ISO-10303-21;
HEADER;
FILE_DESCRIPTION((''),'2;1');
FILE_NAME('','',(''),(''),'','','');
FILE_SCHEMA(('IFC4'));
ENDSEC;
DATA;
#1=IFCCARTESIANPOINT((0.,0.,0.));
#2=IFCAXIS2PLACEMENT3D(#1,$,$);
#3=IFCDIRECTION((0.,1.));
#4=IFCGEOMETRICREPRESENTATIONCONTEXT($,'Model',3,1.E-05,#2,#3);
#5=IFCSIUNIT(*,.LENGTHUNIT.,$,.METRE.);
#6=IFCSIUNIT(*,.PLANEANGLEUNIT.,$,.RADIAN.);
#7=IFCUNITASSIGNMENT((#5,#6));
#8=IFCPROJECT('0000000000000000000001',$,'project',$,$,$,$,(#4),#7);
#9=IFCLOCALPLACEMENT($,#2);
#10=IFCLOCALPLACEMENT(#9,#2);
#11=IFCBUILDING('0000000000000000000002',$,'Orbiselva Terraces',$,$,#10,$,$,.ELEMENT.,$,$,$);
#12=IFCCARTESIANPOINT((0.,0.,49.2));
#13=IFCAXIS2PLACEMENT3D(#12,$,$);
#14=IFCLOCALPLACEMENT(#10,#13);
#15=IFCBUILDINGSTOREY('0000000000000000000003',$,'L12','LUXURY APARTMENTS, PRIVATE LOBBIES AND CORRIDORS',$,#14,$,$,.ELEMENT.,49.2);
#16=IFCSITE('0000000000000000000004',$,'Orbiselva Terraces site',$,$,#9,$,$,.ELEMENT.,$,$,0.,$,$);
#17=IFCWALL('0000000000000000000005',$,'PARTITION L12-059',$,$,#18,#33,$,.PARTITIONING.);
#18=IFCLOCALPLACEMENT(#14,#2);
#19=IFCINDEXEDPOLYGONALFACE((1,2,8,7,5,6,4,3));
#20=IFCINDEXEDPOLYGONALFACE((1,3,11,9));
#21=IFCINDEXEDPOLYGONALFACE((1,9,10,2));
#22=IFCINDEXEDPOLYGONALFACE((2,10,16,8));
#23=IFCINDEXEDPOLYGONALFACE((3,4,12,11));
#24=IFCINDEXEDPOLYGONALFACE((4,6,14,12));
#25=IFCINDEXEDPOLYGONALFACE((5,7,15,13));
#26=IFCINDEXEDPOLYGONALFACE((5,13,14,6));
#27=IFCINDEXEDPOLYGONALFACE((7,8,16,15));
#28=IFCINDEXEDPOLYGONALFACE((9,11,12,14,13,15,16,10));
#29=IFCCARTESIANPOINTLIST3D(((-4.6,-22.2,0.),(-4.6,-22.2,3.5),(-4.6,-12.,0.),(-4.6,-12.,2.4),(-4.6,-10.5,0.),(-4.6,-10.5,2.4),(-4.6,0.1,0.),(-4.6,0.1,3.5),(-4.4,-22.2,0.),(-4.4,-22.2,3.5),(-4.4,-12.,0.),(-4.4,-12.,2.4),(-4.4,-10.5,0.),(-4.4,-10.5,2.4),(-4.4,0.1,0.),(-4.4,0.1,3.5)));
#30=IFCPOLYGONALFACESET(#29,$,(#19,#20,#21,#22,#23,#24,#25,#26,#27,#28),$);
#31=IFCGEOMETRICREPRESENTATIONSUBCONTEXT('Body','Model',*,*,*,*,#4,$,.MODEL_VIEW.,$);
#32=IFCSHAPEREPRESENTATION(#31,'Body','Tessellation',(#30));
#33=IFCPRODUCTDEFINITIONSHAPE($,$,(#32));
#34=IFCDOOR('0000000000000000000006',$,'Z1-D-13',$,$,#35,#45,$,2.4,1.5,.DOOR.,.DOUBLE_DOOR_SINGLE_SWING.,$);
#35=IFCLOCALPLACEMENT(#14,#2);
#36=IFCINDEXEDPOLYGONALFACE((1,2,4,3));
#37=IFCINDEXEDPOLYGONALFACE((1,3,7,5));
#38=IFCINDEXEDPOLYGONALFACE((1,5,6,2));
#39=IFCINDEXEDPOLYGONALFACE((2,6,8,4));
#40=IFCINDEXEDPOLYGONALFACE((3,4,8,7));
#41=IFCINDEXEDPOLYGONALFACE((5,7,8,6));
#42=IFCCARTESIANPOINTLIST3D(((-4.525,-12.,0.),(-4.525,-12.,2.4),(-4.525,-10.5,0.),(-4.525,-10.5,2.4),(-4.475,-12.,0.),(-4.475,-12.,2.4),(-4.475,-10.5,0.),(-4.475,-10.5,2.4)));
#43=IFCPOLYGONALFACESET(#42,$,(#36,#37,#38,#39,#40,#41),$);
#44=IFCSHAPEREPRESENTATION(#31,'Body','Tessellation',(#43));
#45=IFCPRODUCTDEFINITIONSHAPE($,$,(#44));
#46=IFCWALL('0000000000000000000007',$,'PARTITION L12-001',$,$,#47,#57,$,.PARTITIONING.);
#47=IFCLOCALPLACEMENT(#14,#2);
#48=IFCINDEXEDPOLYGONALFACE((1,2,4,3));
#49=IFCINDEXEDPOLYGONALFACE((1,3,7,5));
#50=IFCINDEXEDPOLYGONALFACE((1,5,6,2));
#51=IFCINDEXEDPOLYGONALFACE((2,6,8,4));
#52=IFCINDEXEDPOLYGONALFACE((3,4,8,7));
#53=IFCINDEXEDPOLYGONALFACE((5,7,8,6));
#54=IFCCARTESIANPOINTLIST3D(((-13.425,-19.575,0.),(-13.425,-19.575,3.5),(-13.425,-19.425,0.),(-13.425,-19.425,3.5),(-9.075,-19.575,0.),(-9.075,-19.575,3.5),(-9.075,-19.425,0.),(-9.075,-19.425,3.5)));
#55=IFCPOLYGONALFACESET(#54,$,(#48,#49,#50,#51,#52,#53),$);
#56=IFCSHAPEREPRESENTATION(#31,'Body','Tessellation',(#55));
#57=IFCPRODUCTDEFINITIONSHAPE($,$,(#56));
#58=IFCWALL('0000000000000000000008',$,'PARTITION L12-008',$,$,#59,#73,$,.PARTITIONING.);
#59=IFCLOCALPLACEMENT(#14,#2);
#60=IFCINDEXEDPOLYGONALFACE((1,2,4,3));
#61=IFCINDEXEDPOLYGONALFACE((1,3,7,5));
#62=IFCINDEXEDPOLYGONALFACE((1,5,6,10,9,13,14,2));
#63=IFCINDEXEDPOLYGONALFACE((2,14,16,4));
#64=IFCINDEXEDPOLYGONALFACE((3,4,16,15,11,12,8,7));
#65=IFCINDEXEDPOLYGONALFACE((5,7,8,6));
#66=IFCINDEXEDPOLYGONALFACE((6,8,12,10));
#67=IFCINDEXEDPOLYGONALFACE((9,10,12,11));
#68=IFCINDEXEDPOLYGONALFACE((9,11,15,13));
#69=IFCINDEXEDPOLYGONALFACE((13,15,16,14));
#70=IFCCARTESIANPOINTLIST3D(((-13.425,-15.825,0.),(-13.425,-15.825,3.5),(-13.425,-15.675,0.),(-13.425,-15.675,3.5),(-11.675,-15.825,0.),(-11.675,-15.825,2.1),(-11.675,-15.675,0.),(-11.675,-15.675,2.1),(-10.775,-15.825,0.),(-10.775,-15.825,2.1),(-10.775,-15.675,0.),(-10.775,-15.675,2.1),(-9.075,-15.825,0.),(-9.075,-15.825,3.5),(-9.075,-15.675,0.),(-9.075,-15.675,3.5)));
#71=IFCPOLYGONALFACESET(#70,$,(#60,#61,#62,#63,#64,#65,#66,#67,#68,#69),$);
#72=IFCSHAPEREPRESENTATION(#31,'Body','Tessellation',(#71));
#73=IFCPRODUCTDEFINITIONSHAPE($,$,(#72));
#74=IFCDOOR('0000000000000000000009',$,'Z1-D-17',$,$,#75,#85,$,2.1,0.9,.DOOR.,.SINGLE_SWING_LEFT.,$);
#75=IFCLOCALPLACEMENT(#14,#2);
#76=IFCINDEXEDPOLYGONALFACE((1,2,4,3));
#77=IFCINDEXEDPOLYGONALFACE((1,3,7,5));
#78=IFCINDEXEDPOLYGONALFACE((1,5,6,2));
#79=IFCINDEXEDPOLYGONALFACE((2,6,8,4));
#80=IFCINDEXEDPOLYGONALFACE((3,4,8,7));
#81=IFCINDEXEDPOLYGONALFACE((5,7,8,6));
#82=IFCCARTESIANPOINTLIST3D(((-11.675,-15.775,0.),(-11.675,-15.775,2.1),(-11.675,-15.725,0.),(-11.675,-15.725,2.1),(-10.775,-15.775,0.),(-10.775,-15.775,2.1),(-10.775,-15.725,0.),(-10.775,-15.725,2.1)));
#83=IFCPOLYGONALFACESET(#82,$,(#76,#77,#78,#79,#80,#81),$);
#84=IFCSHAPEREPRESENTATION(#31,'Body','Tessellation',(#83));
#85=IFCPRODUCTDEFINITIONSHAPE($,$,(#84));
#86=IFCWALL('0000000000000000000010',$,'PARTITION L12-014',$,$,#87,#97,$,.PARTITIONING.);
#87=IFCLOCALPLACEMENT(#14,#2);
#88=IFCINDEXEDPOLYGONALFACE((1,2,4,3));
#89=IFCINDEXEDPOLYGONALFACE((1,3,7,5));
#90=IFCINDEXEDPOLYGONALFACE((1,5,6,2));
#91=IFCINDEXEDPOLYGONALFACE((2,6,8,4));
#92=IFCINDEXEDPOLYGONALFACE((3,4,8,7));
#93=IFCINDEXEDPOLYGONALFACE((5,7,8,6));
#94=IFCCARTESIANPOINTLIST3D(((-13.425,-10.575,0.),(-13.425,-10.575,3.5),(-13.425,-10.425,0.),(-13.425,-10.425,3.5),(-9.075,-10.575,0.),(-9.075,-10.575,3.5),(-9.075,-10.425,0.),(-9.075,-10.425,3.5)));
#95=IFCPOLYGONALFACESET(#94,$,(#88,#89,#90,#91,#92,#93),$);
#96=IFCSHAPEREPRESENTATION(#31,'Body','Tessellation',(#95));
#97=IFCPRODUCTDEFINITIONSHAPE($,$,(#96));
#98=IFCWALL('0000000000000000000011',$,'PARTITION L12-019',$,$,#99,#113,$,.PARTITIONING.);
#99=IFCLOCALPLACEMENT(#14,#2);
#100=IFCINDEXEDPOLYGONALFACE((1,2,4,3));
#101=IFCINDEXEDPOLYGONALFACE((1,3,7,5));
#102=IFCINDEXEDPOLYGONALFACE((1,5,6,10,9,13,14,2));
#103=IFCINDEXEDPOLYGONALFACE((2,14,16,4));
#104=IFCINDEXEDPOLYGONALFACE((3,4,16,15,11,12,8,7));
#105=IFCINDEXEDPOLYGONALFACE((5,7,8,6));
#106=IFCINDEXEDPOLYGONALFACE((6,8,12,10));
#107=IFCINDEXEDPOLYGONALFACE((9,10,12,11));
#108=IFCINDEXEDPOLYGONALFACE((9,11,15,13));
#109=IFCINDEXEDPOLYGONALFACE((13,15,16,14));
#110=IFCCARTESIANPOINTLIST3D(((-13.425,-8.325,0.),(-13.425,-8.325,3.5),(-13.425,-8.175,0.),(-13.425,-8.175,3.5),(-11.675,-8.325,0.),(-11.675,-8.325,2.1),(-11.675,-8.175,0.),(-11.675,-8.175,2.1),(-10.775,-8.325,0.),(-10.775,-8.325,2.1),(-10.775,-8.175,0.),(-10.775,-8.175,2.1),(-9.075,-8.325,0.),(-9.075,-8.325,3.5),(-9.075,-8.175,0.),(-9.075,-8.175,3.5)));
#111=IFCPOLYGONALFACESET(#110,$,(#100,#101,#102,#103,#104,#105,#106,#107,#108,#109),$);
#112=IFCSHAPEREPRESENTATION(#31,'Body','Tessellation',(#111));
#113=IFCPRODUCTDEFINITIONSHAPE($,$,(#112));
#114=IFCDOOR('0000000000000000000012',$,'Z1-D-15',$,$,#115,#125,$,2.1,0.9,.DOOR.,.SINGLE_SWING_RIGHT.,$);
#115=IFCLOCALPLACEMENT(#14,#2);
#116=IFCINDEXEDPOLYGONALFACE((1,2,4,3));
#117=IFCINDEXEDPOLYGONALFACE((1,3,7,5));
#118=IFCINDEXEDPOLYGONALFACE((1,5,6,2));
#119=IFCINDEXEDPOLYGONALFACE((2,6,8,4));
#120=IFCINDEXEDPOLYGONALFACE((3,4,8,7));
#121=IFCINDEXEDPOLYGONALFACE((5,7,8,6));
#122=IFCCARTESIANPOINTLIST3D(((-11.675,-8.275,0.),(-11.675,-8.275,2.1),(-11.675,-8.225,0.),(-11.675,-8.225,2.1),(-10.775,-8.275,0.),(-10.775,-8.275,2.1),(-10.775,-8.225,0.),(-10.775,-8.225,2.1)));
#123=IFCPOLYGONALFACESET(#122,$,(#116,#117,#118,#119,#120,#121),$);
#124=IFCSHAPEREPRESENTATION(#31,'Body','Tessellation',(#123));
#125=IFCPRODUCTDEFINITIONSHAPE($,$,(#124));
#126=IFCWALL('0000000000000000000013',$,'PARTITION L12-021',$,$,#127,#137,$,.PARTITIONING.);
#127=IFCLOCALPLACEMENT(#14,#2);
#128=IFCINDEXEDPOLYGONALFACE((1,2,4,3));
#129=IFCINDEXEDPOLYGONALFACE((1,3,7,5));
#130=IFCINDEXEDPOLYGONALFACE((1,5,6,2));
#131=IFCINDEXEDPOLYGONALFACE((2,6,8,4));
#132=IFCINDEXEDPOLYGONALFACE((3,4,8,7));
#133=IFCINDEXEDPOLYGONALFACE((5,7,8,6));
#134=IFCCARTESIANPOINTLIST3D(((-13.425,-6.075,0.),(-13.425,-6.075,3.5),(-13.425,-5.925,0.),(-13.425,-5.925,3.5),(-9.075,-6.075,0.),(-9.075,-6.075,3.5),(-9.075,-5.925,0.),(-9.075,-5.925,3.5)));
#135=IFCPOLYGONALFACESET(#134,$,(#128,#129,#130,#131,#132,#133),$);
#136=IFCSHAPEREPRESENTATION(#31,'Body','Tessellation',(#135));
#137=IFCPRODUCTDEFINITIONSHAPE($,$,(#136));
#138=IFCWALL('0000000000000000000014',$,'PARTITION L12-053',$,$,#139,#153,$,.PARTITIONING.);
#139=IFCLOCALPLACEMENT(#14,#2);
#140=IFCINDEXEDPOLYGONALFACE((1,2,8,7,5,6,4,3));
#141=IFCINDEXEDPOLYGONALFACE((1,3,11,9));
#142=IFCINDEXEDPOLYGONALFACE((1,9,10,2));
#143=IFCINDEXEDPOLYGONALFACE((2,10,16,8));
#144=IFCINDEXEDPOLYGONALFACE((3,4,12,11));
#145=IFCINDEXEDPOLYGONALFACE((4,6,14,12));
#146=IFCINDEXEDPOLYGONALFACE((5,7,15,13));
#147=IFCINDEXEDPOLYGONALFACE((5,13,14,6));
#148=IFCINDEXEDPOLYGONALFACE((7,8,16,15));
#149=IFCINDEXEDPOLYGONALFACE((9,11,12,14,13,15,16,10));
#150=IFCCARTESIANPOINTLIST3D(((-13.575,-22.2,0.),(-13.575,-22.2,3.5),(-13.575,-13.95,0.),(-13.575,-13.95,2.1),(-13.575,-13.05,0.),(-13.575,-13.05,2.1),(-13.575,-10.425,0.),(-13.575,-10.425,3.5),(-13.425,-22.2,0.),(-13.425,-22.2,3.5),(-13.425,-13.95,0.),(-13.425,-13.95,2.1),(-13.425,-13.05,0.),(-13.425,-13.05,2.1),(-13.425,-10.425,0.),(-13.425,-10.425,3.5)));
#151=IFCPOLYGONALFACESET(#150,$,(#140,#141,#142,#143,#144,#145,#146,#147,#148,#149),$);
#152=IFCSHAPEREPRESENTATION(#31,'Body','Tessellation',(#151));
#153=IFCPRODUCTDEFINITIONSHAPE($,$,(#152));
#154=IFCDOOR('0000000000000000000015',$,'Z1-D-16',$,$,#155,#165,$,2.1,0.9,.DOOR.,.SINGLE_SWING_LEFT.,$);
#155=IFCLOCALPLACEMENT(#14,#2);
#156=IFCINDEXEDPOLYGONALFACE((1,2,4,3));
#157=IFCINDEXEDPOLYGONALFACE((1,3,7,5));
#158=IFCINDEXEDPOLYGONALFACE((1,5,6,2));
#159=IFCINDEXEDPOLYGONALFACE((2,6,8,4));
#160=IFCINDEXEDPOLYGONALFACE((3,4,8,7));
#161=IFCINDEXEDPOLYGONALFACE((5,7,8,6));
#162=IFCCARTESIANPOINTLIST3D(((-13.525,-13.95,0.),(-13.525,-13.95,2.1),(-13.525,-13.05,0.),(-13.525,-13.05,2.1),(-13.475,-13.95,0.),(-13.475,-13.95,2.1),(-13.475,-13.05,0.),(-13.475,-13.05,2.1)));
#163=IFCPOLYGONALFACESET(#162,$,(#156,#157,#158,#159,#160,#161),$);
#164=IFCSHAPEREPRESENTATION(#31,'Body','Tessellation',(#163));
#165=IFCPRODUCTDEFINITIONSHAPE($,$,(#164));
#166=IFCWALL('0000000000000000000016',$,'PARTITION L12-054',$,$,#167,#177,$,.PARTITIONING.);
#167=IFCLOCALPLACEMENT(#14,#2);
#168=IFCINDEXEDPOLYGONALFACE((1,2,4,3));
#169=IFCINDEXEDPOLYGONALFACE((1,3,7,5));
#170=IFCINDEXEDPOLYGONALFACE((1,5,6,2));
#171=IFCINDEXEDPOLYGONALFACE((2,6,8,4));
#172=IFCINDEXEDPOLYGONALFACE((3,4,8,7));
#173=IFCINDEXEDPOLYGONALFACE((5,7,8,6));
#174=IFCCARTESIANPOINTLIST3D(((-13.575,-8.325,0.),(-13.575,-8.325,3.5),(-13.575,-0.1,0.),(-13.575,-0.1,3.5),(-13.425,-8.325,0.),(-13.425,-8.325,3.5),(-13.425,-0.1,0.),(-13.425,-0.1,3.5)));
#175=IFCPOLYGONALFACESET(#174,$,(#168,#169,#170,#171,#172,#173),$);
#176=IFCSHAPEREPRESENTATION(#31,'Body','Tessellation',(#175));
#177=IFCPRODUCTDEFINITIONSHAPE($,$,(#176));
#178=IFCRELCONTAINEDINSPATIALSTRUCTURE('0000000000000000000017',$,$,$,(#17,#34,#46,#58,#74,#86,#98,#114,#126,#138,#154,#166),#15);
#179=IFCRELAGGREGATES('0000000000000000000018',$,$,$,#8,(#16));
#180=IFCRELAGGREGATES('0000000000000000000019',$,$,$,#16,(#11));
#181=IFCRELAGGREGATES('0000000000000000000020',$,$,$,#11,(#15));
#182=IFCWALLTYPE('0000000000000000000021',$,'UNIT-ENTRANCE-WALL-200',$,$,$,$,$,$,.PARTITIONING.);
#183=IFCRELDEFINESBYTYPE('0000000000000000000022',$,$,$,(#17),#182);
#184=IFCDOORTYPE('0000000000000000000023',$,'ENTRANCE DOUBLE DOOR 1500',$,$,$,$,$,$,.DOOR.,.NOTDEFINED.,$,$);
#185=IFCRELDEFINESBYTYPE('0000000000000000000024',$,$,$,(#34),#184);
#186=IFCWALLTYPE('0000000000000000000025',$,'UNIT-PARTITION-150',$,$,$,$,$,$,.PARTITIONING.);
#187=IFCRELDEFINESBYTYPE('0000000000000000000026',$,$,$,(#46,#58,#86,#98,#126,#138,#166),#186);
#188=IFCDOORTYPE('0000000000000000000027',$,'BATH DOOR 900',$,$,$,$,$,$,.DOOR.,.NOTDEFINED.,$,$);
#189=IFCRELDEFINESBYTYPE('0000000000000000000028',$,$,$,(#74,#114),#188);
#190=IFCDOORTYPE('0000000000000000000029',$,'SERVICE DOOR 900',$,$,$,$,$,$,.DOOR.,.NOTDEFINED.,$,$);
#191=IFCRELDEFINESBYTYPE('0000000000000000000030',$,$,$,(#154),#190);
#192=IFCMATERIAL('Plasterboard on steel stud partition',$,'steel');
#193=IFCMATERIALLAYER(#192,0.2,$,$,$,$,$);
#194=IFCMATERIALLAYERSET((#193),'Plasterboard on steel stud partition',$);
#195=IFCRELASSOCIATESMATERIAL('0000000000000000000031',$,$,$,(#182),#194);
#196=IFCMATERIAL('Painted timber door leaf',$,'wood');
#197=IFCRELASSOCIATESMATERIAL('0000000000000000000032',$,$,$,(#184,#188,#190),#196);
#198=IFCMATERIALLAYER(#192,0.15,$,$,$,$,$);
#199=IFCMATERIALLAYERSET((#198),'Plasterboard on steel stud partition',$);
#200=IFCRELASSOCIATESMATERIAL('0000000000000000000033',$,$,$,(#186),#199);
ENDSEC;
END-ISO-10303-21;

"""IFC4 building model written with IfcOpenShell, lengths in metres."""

from ifc_helpers import new_model, si_unit, direction, frame, frame_2d, origin, place, context, subcontext, project, spatial, rectangle, extrude, material, layer, layer_set, type_object, element, fill, save


model = new_model("IFC4")

# Units and contexts
model_context = context("Model", 3, precision=1e-05, world=origin(), true_north=direction((0.0, 1.0)))
body_context = subcontext(model_context, "Body", "Model", "MODEL_VIEW")
ifc_project = project(units=[si_unit("LENGTHUNIT", "METRE"), si_unit("PLANEANGLEUNIT", "RADIAN")], contexts=[model_context])

# Site, building, storey
site_placement = place(None, origin())
site = spatial("IfcSite", under=ifc_project, at=site_placement, Name="Orbiselva Terraces site", CompositionType="ELEMENT", RefElevation=0.0)
building_placement = place(site_placement, origin())
building = spatial("IfcBuilding", under=site, at=building_placement, Name="Orbiselva Terraces", CompositionType="ELEMENT")
storey_placement = place(building_placement, frame((0.0, 0.0, 49.2)))
storey = spatial("IfcBuildingStorey", under=building, at=storey_placement, Name="L12", Description="LUXURY APARTMENTS, PRIVATE LOBBIES AND CORRIDORS", CompositionType="ELEMENT", Elevation=49.2)

# Wall, opening, door
ifc_material_1 = material(Name="Plasterboard on steel stud partition", Category="steel")
ifc_layer_1 = layer(ifc_material_1, 0.2)
ifc_layer_set_1 = layer_set([ifc_layer_1], Name="Plasterboard on steel stud partition")
wall_type_1 = type_object("IfcWallType", Name="UNIT-ENTRANCE-WALL-200", PredefinedType="PARTITIONING", material=ifc_layer_set_1)
wall_1_placement = place(storey_placement, frame((-4.5, -22.2, 0.0), z_axis=(0.0, 0.0, 1.0), x_axis=(0.0, 1.0, 0.0)))
wall_1 = element("IfcWall", 1, at=wall_1_placement, inside=storey, type_object=wall_type_1, Name="PARTITION L12-059", PredefinedType="PARTITIONING", context=body_context, shape_type="SweptSolid", body=[
    extrude(rectangle(XDim=22.3, YDim=0.2, at=frame_2d((11.15, 0.0))), origin(), (0.0, 0.0, 1.0), 3.5),
])
opening_1_placement = place(wall_1_placement, frame((10.2, 0.0, 0.0)))
opening_1 = element("IfcOpeningElement", 2, at=opening_1_placement, cuts=wall_1, PredefinedType="OPENING", context=body_context, shape_type="SweptSolid", body=[
    extrude(rectangle(XDim=1.5, YDim=2.4, at=frame_2d((0.75, 1.2))), frame((0.0, 0.11, 0.0), z_axis=(0.0, -1.0, 0.0), x_axis=(1.0, 0.0, 0.0)), (0.0, 0.0, 1.0), 0.22),
])
ifc_material_2 = material(Name="Painted timber door leaf", Category="wood")
door_type_1 = type_object("IfcDoorType", Name="ENTRANCE DOUBLE DOOR 1500", OperationType="NOTDEFINED", PredefinedType="DOOR", material=ifc_material_2)
door_1_placement = place(opening_1_placement, origin())
door_1 = element("IfcDoor", 3, at=door_1_placement, inside=storey, type_object=door_type_1, Name="Z1-D-13", OperationType="DOUBLE_DOOR_SINGLE_SWING", OverallHeight=2.4, OverallWidth=1.5, PredefinedType="DOOR", context=body_context, shape_type="SweptSolid", body=[
    extrude(rectangle(XDim=1.5, YDim=2.4, at=frame_2d((0.75, 1.2))), frame((0.0, 0.025, 0.0), z_axis=(0.0, -1.0, 0.0), x_axis=(1.0, 0.0, 0.0)), (0.0, 0.0, 1.0), 0.05),
])
fill(opening_1, door_1)

# Wall
ifc_layer_2 = layer(ifc_material_1, 0.15)
ifc_layer_set_2 = layer_set([ifc_layer_2], Name="Plasterboard on steel stud partition")
wall_type_2 = type_object("IfcWallType", Name="UNIT-PARTITION-150", PredefinedType="PARTITIONING", material=ifc_layer_set_2)
wall_2_placement = place(storey_placement, frame((-13.425, -19.5, 0.0), z_axis=(0.0, 0.0, 1.0), x_axis=(1.0, 0.0, 0.0)))
element("IfcWall", 4, at=wall_2_placement, inside=storey, type_object=wall_type_2, Name="PARTITION L12-001", PredefinedType="PARTITIONING", context=body_context, shape_type="SweptSolid", body=[
    extrude(rectangle(XDim=4.35, YDim=0.15, at=frame_2d((2.175, 0.0))), origin(), (0.0, 0.0, 1.0), 3.5),
])

# Wall, opening, door
wall_3_placement = place(storey_placement, frame((-9.075, -15.75, 0.0), z_axis=(0.0, 0.0, 1.0), x_axis=(-1.0, 0.0, 0.0)))
wall_3 = element("IfcWall", 5, at=wall_3_placement, inside=storey, type_object=wall_type_2, Name="PARTITION L12-008", PredefinedType="PARTITIONING", context=body_context, shape_type="SweptSolid", body=[
    extrude(rectangle(XDim=4.35, YDim=0.15, at=frame_2d((2.175, 0.0))), origin(), (0.0, 0.0, 1.0), 3.5),
])
opening_2_placement = place(wall_3_placement, frame((1.7, 0.0, 0.0)))
opening_2 = element("IfcOpeningElement", 6, at=opening_2_placement, cuts=wall_3, PredefinedType="OPENING", context=body_context, shape_type="SweptSolid", body=[
    extrude(rectangle(XDim=0.9, YDim=2.1, at=frame_2d((0.45, 1.05))), frame((0.0, 0.085, 0.0), z_axis=(0.0, -1.0, 0.0), x_axis=(1.0, 0.0, 0.0)), (0.0, 0.0, 1.0), 0.17),
])
door_type_2 = type_object("IfcDoorType", Name="BATH DOOR 900", OperationType="NOTDEFINED", PredefinedType="DOOR", material=ifc_material_2)
door_2_placement = place(opening_2_placement, origin())
door_2 = element("IfcDoor", 7, at=door_2_placement, inside=storey, type_object=door_type_2, Name="Z1-D-17", OperationType="SINGLE_SWING_LEFT", OverallHeight=2.1, OverallWidth=0.9, PredefinedType="DOOR", context=body_context, shape_type="SweptSolid", body=[
    extrude(rectangle(XDim=0.9, YDim=2.1, at=frame_2d((0.45, 1.05))), frame((0.0, 0.025, 0.0), z_axis=(0.0, -1.0, 0.0), x_axis=(1.0, 0.0, 0.0)), (0.0, 0.0, 1.0), 0.05),
])
fill(opening_2, door_2)

# Wall
wall_4_placement = place(storey_placement, frame((-13.425, -10.5, 0.0), z_axis=(0.0, 0.0, 1.0), x_axis=(1.0, 0.0, 0.0)))
element("IfcWall", 8, at=wall_4_placement, inside=storey, type_object=wall_type_2, Name="PARTITION L12-014", PredefinedType="PARTITIONING", context=body_context, shape_type="SweptSolid", body=[
    extrude(rectangle(XDim=4.35, YDim=0.15, at=frame_2d((2.175, 0.0))), origin(), (0.0, 0.0, 1.0), 3.5),
])

# Wall, opening, door
wall_5_placement = place(storey_placement, frame((-13.425, -8.25, 0.0), z_axis=(0.0, 0.0, 1.0), x_axis=(1.0, 0.0, 0.0)))
wall_5 = element("IfcWall", 9, at=wall_5_placement, inside=storey, type_object=wall_type_2, Name="PARTITION L12-019", PredefinedType="PARTITIONING", context=body_context, shape_type="SweptSolid", body=[
    extrude(rectangle(XDim=4.35, YDim=0.15, at=frame_2d((2.175, 0.0))), origin(), (0.0, 0.0, 1.0), 3.5),
])
opening_3_placement = place(wall_5_placement, frame((1.75, 0.0, 0.0)))
opening_3 = element("IfcOpeningElement", 10, at=opening_3_placement, cuts=wall_5, PredefinedType="OPENING", context=body_context, shape_type="SweptSolid", body=[
    extrude(rectangle(XDim=0.9, YDim=2.1, at=frame_2d((0.45, 1.05))), frame((0.0, 0.085, 0.0), z_axis=(0.0, -1.0, 0.0), x_axis=(1.0, 0.0, 0.0)), (0.0, 0.0, 1.0), 0.17),
])
door_3_placement = place(opening_3_placement, origin())
door_3 = element("IfcDoor", 11, at=door_3_placement, inside=storey, type_object=door_type_2, Name="Z1-D-15", OperationType="SINGLE_SWING_RIGHT", OverallHeight=2.1, OverallWidth=0.9, PredefinedType="DOOR", context=body_context, shape_type="SweptSolid", body=[
    extrude(rectangle(XDim=0.9, YDim=2.1, at=frame_2d((0.45, 1.05))), frame((0.0, 0.025, 0.0), z_axis=(0.0, -1.0, 0.0), x_axis=(1.0, 0.0, 0.0)), (0.0, 0.0, 1.0), 0.05),
])
fill(opening_3, door_3)

# Wall
wall_6_placement = place(storey_placement, frame((-13.425, -6.0, 0.0), z_axis=(0.0, 0.0, 1.0), x_axis=(1.0, 0.0, 0.0)))
element("IfcWall", 12, at=wall_6_placement, inside=storey, type_object=wall_type_2, Name="PARTITION L12-021", PredefinedType="PARTITIONING", context=body_context, shape_type="SweptSolid", body=[
    extrude(rectangle(XDim=4.35, YDim=0.15, at=frame_2d((2.175, 0.0))), origin(), (0.0, 0.0, 1.0), 3.5),
])

# Wall, opening, door
wall_7_placement = place(storey_placement, frame((-13.5, -10.425, 0.0), z_axis=(0.0, 0.0, 1.0), x_axis=(0.0, -1.0, 0.0)))
wall_7 = element("IfcWall", 13, at=wall_7_placement, inside=storey, type_object=wall_type_2, Name="PARTITION L12-053", PredefinedType="PARTITIONING", context=body_context, shape_type="SweptSolid", body=[
    extrude(rectangle(XDim=11.775, YDim=0.15, at=frame_2d((5.8875, 0.0))), origin(), (0.0, 0.0, 1.0), 3.5),
])
opening_4_placement = place(wall_7_placement, frame((2.625, 0.0, 0.0)))
opening_4 = element("IfcOpeningElement", 14, at=opening_4_placement, cuts=wall_7, PredefinedType="OPENING", context=body_context, shape_type="SweptSolid", body=[
    extrude(rectangle(XDim=0.9, YDim=2.1, at=frame_2d((0.45, 1.05))), frame((0.0, 0.085, 0.0), z_axis=(0.0, -1.0, 0.0), x_axis=(1.0, 0.0, 0.0)), (0.0, 0.0, 1.0), 0.17),
])
door_type_3 = type_object("IfcDoorType", Name="SERVICE DOOR 900", OperationType="NOTDEFINED", PredefinedType="DOOR", material=ifc_material_2)
door_4_placement = place(opening_4_placement, origin())
door_4 = element("IfcDoor", 15, at=door_4_placement, inside=storey, type_object=door_type_3, Name="Z1-D-16", OperationType="SINGLE_SWING_LEFT", OverallHeight=2.1, OverallWidth=0.9, PredefinedType="DOOR", context=body_context, shape_type="SweptSolid", body=[
    extrude(rectangle(XDim=0.9, YDim=2.1, at=frame_2d((0.45, 1.05))), frame((0.0, 0.025, 0.0), z_axis=(0.0, -1.0, 0.0), x_axis=(1.0, 0.0, 0.0)), (0.0, 0.0, 1.0), 0.05),
])
fill(opening_4, door_4)

# Wall
wall_8_placement = place(storey_placement, frame((-13.5, -8.325, 0.0), z_axis=(0.0, 0.0, 1.0), x_axis=(0.0, 1.0, 0.0)))
element("IfcWall", 16, at=wall_8_placement, inside=storey, type_object=wall_type_2, Name="PARTITION L12-054", PredefinedType="PARTITIONING", context=body_context, shape_type="SweptSolid", body=[
    extrude(rectangle(XDim=8.225, YDim=0.15, at=frame_2d((4.1125, 0.0))), origin(), (0.0, 0.0, 1.0), 3.5),
])

save(model, "model.ifc")
